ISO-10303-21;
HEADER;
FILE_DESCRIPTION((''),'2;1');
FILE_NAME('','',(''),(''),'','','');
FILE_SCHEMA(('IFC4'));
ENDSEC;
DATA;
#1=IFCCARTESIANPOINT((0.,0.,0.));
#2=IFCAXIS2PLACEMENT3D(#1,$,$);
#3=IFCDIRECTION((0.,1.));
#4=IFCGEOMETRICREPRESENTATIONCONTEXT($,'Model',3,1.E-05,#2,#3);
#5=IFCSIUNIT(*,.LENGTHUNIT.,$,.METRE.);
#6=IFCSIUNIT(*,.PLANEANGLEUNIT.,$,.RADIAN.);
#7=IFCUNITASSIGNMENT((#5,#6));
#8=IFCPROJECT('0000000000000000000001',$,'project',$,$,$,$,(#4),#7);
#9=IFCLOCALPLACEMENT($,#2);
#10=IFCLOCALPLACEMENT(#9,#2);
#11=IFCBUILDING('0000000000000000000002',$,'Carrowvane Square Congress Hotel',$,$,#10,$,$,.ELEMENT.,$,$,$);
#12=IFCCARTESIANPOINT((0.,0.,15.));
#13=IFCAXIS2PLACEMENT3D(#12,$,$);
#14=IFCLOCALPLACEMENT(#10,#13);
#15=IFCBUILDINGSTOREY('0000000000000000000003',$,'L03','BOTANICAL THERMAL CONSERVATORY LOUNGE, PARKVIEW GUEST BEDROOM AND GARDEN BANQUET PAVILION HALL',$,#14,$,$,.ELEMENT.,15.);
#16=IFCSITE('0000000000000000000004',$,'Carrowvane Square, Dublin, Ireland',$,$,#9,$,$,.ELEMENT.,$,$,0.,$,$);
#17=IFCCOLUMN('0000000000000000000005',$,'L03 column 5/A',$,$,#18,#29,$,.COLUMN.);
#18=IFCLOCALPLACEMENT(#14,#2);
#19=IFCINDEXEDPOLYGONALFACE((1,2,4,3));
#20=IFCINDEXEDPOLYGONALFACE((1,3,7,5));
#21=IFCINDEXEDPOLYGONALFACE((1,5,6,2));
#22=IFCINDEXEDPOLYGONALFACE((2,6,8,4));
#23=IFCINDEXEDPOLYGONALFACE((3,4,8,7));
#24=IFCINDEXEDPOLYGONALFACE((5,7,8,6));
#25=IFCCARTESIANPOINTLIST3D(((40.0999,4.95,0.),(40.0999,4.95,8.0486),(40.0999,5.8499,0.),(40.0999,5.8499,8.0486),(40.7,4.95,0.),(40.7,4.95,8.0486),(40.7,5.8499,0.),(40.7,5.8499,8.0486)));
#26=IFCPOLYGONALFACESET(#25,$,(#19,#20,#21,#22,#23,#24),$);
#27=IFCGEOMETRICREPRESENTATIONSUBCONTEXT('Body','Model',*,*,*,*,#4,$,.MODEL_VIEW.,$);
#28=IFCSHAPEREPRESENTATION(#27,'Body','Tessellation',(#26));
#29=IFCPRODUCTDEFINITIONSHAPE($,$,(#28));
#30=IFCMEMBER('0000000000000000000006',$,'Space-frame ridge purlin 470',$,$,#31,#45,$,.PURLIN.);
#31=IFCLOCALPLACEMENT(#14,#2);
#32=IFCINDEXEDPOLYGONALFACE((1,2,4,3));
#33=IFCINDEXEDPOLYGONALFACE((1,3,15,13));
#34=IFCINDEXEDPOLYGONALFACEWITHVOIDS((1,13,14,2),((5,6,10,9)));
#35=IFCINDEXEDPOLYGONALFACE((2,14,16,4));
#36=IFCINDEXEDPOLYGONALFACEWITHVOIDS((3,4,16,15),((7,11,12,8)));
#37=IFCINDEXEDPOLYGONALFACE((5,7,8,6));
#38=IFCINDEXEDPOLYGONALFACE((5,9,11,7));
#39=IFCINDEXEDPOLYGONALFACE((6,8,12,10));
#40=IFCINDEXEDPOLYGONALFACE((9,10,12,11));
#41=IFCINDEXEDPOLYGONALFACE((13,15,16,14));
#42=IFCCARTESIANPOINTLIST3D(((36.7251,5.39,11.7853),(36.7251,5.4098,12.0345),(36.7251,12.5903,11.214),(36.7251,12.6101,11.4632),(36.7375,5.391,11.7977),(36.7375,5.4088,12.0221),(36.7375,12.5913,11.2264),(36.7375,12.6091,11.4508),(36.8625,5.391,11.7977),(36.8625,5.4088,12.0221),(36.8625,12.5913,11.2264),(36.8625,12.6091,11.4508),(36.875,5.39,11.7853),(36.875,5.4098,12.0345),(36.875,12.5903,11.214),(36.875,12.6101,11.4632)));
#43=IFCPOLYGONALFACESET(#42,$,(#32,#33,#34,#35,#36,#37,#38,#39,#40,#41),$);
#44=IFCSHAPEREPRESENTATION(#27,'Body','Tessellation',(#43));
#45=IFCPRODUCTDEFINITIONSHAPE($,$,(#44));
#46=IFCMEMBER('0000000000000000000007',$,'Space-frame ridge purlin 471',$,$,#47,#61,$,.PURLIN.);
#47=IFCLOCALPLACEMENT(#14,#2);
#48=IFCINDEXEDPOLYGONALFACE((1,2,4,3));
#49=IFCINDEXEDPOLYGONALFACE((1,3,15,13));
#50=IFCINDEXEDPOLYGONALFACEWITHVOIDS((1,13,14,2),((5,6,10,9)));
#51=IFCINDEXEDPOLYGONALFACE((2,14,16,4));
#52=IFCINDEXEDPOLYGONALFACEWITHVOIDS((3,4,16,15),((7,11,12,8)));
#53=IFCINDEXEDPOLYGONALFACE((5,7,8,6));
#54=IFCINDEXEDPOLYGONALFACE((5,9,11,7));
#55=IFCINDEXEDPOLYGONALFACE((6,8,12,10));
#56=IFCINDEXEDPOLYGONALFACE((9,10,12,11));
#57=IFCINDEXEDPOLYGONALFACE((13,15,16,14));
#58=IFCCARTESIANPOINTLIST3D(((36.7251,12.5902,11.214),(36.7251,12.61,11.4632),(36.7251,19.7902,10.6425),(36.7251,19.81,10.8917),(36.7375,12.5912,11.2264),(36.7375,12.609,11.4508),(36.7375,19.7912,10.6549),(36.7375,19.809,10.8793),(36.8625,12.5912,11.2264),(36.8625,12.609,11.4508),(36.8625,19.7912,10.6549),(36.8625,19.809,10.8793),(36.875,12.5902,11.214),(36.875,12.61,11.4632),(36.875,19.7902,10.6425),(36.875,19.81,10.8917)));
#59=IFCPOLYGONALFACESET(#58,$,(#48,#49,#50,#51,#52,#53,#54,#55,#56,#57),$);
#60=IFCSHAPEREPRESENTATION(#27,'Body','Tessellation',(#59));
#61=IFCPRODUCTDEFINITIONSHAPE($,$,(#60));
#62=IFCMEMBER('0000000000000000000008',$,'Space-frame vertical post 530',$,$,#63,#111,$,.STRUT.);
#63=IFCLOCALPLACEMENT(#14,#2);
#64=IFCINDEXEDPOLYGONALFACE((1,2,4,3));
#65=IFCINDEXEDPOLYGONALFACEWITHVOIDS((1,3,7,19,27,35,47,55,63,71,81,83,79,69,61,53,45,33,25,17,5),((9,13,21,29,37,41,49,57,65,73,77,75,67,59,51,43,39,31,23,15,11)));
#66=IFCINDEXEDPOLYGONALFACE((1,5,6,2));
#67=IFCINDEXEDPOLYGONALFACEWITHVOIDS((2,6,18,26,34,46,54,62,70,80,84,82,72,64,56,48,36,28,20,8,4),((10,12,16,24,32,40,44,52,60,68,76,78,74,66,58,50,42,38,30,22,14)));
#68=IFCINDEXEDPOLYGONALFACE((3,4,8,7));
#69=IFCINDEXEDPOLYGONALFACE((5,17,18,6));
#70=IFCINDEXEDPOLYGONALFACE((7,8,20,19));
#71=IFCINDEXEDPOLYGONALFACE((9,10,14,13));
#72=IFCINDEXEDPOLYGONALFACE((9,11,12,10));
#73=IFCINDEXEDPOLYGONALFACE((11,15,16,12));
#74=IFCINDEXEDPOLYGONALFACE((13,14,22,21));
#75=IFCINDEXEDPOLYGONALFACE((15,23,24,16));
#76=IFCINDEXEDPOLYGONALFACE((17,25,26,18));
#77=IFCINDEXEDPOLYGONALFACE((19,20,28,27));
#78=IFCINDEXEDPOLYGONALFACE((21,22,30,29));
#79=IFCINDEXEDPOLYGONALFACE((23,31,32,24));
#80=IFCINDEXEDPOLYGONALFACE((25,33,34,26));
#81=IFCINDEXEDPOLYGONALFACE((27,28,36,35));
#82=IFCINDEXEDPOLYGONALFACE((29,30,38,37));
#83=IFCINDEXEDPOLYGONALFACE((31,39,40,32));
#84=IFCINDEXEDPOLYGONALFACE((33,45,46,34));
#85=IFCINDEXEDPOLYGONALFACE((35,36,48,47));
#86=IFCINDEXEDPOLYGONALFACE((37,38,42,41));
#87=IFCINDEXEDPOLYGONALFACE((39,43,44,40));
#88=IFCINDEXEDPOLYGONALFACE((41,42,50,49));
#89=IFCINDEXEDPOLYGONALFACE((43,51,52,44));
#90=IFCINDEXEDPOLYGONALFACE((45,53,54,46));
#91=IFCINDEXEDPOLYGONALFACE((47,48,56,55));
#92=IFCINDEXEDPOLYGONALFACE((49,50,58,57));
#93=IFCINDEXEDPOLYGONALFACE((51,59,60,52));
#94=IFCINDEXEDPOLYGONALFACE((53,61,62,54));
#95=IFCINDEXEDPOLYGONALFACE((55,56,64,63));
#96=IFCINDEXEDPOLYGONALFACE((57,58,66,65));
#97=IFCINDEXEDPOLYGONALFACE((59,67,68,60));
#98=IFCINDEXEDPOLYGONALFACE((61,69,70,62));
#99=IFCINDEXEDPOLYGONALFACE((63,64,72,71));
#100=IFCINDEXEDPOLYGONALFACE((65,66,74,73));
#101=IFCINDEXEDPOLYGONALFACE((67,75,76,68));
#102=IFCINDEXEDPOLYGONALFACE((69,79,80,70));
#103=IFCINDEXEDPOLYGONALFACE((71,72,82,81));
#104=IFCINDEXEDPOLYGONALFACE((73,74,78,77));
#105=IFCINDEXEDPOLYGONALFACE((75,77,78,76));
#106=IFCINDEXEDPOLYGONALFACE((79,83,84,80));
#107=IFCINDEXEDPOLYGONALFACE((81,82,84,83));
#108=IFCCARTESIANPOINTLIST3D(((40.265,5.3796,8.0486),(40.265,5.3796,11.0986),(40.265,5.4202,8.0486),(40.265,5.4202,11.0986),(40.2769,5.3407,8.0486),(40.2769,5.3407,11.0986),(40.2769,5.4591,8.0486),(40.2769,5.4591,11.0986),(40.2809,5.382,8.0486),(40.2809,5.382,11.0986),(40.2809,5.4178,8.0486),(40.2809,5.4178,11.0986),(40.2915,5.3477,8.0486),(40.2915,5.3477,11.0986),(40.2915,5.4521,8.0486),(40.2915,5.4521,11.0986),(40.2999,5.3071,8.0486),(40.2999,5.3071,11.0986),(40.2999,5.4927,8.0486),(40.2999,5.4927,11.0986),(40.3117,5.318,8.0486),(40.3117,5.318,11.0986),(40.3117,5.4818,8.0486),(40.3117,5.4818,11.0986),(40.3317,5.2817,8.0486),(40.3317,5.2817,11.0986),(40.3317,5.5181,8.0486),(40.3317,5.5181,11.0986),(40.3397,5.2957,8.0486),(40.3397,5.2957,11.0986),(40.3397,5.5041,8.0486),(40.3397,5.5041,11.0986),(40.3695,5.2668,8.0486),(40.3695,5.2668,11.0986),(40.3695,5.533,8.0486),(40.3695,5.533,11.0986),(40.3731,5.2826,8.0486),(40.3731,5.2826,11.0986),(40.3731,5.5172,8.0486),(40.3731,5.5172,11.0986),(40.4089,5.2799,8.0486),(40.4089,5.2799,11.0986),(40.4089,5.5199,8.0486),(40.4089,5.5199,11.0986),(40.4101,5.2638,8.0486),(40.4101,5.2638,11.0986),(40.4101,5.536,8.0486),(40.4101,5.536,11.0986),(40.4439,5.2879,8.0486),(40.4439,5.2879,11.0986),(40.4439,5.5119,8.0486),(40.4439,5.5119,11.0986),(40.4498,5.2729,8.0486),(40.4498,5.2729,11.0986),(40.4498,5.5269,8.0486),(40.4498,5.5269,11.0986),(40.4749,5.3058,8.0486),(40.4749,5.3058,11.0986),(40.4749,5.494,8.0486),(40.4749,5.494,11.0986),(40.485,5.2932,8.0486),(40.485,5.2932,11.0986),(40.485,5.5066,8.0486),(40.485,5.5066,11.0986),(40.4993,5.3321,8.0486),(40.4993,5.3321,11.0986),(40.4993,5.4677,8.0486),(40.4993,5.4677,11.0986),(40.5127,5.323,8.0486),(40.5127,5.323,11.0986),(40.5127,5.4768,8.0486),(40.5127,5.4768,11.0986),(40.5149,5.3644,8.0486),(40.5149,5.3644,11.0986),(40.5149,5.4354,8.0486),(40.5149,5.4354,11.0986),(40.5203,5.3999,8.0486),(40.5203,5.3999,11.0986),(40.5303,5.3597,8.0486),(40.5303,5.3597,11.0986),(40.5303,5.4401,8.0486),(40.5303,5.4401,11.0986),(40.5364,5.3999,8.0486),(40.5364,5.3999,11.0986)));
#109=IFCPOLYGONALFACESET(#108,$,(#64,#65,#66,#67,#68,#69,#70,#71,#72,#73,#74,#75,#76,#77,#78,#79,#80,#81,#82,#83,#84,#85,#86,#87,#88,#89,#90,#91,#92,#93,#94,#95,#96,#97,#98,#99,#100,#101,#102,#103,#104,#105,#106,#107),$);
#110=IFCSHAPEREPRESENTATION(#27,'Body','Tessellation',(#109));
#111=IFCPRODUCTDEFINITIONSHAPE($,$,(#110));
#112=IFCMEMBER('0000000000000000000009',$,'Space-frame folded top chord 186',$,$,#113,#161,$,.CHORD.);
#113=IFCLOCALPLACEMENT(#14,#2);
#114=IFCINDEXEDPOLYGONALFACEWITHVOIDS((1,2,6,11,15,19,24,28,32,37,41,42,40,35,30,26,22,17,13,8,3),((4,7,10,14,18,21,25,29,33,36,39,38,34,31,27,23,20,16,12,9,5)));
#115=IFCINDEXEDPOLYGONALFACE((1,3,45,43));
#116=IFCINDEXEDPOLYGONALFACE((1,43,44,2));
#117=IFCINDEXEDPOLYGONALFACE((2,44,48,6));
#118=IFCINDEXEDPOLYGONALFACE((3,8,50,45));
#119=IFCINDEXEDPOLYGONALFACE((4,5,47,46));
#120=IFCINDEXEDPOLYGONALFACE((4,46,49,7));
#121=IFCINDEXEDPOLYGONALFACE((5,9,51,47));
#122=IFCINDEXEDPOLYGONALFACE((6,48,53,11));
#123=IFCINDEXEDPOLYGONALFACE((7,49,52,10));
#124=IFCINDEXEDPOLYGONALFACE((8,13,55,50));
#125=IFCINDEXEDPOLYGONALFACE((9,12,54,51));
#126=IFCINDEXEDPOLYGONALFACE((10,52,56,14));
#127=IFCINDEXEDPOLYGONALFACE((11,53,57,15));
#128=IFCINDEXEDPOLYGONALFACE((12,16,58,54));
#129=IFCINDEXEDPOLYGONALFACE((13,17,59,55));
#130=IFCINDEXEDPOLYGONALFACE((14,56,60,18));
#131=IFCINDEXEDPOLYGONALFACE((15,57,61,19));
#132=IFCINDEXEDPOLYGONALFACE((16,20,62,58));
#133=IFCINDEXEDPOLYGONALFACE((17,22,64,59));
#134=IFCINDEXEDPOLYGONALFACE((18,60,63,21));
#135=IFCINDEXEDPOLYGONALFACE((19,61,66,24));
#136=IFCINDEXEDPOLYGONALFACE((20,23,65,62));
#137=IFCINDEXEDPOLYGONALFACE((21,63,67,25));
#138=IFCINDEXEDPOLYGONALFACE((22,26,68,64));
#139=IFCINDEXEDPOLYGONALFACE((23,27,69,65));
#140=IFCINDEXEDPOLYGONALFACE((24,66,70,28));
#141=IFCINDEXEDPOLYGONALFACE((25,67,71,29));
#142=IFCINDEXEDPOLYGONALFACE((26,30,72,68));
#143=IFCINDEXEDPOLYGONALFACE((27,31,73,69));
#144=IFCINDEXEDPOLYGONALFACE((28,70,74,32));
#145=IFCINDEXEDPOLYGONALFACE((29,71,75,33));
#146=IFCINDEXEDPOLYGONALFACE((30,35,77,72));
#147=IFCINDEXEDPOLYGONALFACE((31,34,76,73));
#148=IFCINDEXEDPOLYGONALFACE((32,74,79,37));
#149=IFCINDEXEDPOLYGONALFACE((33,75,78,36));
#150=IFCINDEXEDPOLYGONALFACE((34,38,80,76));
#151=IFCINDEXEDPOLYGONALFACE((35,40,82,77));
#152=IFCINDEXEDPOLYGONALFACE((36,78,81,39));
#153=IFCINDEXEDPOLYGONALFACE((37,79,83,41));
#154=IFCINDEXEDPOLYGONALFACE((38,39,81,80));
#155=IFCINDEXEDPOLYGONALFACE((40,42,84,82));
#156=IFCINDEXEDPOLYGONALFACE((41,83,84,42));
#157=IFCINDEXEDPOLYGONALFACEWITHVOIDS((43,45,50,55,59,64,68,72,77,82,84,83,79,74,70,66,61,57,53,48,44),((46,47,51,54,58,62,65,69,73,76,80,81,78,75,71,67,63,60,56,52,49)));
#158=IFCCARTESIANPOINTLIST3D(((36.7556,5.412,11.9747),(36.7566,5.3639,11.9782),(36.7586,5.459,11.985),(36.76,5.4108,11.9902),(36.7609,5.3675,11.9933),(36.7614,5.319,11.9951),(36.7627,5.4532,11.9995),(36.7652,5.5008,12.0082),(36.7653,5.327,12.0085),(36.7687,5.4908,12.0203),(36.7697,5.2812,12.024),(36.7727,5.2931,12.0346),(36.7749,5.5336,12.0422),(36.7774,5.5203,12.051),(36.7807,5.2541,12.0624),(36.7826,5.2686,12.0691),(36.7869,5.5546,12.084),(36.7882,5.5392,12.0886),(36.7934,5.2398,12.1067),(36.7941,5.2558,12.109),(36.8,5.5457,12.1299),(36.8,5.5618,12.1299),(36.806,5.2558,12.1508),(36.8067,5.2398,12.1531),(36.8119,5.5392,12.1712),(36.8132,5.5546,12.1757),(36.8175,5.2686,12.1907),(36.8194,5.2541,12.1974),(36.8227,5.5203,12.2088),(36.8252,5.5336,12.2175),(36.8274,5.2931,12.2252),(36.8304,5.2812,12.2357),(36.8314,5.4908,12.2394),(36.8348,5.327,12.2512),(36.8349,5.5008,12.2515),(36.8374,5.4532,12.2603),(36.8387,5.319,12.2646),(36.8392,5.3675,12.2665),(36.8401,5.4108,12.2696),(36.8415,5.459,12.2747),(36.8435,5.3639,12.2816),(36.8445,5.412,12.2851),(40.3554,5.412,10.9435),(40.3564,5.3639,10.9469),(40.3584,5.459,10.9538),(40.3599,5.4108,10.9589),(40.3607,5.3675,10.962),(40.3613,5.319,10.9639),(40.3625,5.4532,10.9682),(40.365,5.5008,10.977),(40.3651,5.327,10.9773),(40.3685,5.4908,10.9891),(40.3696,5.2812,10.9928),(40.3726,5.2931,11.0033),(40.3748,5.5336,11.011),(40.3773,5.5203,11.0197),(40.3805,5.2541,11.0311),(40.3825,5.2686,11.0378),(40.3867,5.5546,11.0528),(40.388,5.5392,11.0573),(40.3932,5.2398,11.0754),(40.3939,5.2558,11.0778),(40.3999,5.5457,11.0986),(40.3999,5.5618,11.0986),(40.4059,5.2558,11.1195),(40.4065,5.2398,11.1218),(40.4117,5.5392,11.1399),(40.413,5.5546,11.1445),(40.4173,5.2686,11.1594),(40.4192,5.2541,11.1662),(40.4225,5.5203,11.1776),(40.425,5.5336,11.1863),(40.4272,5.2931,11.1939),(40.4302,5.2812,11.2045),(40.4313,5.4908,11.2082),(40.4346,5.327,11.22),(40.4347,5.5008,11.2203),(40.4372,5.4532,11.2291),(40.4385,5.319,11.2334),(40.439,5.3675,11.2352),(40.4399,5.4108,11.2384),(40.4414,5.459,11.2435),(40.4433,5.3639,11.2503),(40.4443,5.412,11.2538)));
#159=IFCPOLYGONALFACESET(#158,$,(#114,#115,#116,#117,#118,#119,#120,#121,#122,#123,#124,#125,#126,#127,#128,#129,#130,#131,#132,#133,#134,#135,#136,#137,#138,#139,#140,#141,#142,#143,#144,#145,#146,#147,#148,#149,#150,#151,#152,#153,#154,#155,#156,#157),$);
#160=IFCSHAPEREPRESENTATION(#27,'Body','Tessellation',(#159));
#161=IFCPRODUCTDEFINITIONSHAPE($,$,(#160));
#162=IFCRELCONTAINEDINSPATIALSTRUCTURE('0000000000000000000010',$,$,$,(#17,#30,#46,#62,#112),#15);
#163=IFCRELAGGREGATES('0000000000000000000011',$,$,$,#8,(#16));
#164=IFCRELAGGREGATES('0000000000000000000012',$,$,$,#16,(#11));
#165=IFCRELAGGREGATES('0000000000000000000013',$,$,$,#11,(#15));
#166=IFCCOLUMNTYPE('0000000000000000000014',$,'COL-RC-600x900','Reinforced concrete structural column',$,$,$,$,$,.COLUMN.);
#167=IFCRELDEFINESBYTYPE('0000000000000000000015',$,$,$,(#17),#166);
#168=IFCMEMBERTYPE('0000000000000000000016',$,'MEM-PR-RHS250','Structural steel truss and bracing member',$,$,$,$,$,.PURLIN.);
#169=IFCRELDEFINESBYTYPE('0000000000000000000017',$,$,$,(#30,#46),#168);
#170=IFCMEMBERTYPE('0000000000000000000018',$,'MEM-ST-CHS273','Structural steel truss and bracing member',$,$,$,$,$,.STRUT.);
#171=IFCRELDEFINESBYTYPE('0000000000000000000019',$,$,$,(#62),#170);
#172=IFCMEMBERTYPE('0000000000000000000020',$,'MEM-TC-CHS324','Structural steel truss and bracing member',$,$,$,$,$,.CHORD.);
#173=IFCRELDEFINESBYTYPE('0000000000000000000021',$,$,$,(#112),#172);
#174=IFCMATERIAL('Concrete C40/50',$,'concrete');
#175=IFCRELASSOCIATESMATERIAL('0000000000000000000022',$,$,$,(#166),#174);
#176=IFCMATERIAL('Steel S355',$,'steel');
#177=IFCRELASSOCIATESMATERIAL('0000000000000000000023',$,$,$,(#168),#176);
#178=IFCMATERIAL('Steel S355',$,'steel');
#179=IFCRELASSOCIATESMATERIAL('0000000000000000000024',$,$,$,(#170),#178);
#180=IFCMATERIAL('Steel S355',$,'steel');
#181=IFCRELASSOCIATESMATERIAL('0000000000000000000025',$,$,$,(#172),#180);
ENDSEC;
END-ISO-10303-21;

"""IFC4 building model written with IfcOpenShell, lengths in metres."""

from ifc_helpers import new_model, si_unit, direction, frame, origin, origin_2d, place, context, subcontext, project, spatial, rectangle, hollow_rectangle, hollow_circle, extrude, material, material_profile, profile_set, type_object, element, save


model = new_model("IFC4")

# Units and contexts
model_context = context("Model", 3, precision=1e-05, world=origin(), true_north=direction((0.0, 1.0)))
body_context = subcontext(model_context, "Body", "Model", "MODEL_VIEW")
ifc_project = project(units=[si_unit("LENGTHUNIT", "METRE"), si_unit("PLANEANGLEUNIT", "RADIAN")], contexts=[model_context])

# Site, building, storey
site_placement = place(None, origin())
site = spatial("IfcSite", under=ifc_project, at=site_placement, Name="Carrowvane Square, Dublin, Ireland", CompositionType="ELEMENT", RefElevation=0.0)
building_placement = place(site_placement, origin())
building = spatial("IfcBuilding", under=site, at=building_placement, Name="Carrowvane Square Congress Hotel", CompositionType="ELEMENT")
storey_placement = place(building_placement, frame((0.0, 0.0, 15.0)))
storey = spatial("IfcBuildingStorey", under=building, at=storey_placement, Name="L03", Description="BOTANICAL THERMAL CONSERVATORY LOUNGE, PARKVIEW GUEST BEDROOM AND GARDEN BANQUET PAVILION HALL", CompositionType="ELEMENT", Elevation=15.0)

# Column
ifc_material_1 = material(Name="Concrete C40/50", Category="concrete")
ifc_material_profile_1 = material_profile(ifc_material_1, rectangle(XDim=0.6001, YDim=0.8999, at=origin_2d()), Name="RC 600x900")
ifc_profile_set_1 = profile_set([ifc_material_profile_1], Name="Concrete C40/50")
column_type = type_object("IfcColumnType", Name="COL-RC-600x900", Description="Reinforced concrete structural column", PredefinedType="COLUMN", material=ifc_profile_set_1)
column_placement = place(storey_placement, frame((40.3999, 5.3999, 0.0), z_axis=(0.0, 0.0, 1.0), x_axis=(1.0, 0.0, 0.0)))
element("IfcColumn", 1, at=column_placement, inside=storey, type_object=column_type, Name="L03 column 5/A", PredefinedType="COLUMN", context=body_context, shape_type="SweptSolid", body=[
    extrude(rectangle(XDim=0.6001, YDim=0.8999, at=origin_2d()), origin(), (0.0, 0.0, 1.0), 8.0486),
])

# Members
ifc_material_2 = material(Name="Steel S355", Category="steel")
ifc_material_profile_2 = material_profile(ifc_material_2, hollow_rectangle(XDim=0.1499, YDim=0.25, WallThickness=0.0125, at=origin_2d()), Name="RHS 250x150x12.5")
ifc_profile_set_2 = profile_set([ifc_material_profile_2], Name="Steel S355")
member_type_1 = type_object("IfcMemberType", Name="MEM-PR-RHS250", Description="Structural steel truss and bracing member", PredefinedType="PURLIN", material=ifc_profile_set_2)
member_1_placement = place(storey_placement, frame((36.8, 5.3999, 11.9099), z_axis=(0.0, 0.996867, -0.079095), x_axis=(-1.0, 0.0, 0.0)))
element("IfcMember", 2, at=member_1_placement, inside=storey, type_object=member_type_1, Name="Space-frame ridge purlin 470", PredefinedType="PURLIN", context=body_context, shape_type="SweptSolid", body=[
    extrude(hollow_rectangle(XDim=0.1499, YDim=0.25, WallThickness=0.0125, at=origin_2d()), origin(), (0.0, 0.0, 1.0), 7.2229),
])
member_2_placement = place(storey_placement, frame((36.8, 12.6001, 11.3386), z_axis=(0.0, 0.996864, -0.079131), x_axis=(-1.0, 0.0, 0.0)))
element("IfcMember", 3, at=member_2_placement, inside=storey, type_object=member_type_1, Name="Space-frame ridge purlin 471", PredefinedType="PURLIN", context=body_context, shape_type="SweptSolid", body=[
    extrude(hollow_rectangle(XDim=0.1499, YDim=0.25, WallThickness=0.0125, at=origin_2d()), origin(), (0.0, 0.0, 1.0), 7.2227),
])
ifc_material_3 = material(Name="Steel S355", Category="steel")
ifc_material_profile_3 = material_profile(ifc_material_3, hollow_circle(Radius=0.1365, WallThickness=0.0161, at=origin_2d()), Name="CHS 273.0x16")
ifc_profile_set_3 = profile_set([ifc_material_profile_3], Name="Steel S355")
member_type_2 = type_object("IfcMemberType", Name="MEM-ST-CHS273", Description="Structural steel truss and bracing member", PredefinedType="STRUT", material=ifc_profile_set_3)
member_3_placement = place(storey_placement, frame((40.3999, 5.3999, 8.0486), z_axis=(0.0, 0.0, 1.0), x_axis=(1.0, 0.0, 0.0)))
element("IfcMember", 4, at=member_3_placement, inside=storey, type_object=member_type_2, Name="Space-frame vertical post 530", PredefinedType="STRUT", context=body_context, shape_type="SweptSolid", body=[
    extrude(hollow_circle(Radius=0.1365, WallThickness=0.0161, at=origin_2d()), origin(), (0.0, 0.0, 1.0), 3.05),
])
ifc_material_4 = material(Name="Steel S355", Category="steel")
ifc_material_profile_4 = material_profile(ifc_material_4, hollow_circle(Radius=0.1619, WallThickness=0.0161, at=origin_2d()), Name="CHS 323.9x16")
ifc_profile_set_4 = profile_set([ifc_material_profile_4], Name="Steel S355")
member_type_3 = type_object("IfcMemberType", Name="MEM-TC-CHS324", Description="Structural steel truss and bracing member", PredefinedType="CHORD", material=ifc_profile_set_4)
member_4_placement = place(storey_placement, frame((36.8, 5.3999, 12.1299), z_axis=(0.961332, 0.0, -0.275393), x_axis=(0.0, 1.0, 0.0)))
element("IfcMember", 5, at=member_4_placement, inside=storey, type_object=member_type_3, Name="Space-frame folded top chord 186", PredefinedType="CHORD", context=body_context, shape_type="SweptSolid", body=[
    extrude(hollow_circle(Radius=0.1619, WallThickness=0.0161, at=origin_2d()), origin(), (0.0, 0.0, 1.0), 3.7446),
])

save(model, "model.ifc")
